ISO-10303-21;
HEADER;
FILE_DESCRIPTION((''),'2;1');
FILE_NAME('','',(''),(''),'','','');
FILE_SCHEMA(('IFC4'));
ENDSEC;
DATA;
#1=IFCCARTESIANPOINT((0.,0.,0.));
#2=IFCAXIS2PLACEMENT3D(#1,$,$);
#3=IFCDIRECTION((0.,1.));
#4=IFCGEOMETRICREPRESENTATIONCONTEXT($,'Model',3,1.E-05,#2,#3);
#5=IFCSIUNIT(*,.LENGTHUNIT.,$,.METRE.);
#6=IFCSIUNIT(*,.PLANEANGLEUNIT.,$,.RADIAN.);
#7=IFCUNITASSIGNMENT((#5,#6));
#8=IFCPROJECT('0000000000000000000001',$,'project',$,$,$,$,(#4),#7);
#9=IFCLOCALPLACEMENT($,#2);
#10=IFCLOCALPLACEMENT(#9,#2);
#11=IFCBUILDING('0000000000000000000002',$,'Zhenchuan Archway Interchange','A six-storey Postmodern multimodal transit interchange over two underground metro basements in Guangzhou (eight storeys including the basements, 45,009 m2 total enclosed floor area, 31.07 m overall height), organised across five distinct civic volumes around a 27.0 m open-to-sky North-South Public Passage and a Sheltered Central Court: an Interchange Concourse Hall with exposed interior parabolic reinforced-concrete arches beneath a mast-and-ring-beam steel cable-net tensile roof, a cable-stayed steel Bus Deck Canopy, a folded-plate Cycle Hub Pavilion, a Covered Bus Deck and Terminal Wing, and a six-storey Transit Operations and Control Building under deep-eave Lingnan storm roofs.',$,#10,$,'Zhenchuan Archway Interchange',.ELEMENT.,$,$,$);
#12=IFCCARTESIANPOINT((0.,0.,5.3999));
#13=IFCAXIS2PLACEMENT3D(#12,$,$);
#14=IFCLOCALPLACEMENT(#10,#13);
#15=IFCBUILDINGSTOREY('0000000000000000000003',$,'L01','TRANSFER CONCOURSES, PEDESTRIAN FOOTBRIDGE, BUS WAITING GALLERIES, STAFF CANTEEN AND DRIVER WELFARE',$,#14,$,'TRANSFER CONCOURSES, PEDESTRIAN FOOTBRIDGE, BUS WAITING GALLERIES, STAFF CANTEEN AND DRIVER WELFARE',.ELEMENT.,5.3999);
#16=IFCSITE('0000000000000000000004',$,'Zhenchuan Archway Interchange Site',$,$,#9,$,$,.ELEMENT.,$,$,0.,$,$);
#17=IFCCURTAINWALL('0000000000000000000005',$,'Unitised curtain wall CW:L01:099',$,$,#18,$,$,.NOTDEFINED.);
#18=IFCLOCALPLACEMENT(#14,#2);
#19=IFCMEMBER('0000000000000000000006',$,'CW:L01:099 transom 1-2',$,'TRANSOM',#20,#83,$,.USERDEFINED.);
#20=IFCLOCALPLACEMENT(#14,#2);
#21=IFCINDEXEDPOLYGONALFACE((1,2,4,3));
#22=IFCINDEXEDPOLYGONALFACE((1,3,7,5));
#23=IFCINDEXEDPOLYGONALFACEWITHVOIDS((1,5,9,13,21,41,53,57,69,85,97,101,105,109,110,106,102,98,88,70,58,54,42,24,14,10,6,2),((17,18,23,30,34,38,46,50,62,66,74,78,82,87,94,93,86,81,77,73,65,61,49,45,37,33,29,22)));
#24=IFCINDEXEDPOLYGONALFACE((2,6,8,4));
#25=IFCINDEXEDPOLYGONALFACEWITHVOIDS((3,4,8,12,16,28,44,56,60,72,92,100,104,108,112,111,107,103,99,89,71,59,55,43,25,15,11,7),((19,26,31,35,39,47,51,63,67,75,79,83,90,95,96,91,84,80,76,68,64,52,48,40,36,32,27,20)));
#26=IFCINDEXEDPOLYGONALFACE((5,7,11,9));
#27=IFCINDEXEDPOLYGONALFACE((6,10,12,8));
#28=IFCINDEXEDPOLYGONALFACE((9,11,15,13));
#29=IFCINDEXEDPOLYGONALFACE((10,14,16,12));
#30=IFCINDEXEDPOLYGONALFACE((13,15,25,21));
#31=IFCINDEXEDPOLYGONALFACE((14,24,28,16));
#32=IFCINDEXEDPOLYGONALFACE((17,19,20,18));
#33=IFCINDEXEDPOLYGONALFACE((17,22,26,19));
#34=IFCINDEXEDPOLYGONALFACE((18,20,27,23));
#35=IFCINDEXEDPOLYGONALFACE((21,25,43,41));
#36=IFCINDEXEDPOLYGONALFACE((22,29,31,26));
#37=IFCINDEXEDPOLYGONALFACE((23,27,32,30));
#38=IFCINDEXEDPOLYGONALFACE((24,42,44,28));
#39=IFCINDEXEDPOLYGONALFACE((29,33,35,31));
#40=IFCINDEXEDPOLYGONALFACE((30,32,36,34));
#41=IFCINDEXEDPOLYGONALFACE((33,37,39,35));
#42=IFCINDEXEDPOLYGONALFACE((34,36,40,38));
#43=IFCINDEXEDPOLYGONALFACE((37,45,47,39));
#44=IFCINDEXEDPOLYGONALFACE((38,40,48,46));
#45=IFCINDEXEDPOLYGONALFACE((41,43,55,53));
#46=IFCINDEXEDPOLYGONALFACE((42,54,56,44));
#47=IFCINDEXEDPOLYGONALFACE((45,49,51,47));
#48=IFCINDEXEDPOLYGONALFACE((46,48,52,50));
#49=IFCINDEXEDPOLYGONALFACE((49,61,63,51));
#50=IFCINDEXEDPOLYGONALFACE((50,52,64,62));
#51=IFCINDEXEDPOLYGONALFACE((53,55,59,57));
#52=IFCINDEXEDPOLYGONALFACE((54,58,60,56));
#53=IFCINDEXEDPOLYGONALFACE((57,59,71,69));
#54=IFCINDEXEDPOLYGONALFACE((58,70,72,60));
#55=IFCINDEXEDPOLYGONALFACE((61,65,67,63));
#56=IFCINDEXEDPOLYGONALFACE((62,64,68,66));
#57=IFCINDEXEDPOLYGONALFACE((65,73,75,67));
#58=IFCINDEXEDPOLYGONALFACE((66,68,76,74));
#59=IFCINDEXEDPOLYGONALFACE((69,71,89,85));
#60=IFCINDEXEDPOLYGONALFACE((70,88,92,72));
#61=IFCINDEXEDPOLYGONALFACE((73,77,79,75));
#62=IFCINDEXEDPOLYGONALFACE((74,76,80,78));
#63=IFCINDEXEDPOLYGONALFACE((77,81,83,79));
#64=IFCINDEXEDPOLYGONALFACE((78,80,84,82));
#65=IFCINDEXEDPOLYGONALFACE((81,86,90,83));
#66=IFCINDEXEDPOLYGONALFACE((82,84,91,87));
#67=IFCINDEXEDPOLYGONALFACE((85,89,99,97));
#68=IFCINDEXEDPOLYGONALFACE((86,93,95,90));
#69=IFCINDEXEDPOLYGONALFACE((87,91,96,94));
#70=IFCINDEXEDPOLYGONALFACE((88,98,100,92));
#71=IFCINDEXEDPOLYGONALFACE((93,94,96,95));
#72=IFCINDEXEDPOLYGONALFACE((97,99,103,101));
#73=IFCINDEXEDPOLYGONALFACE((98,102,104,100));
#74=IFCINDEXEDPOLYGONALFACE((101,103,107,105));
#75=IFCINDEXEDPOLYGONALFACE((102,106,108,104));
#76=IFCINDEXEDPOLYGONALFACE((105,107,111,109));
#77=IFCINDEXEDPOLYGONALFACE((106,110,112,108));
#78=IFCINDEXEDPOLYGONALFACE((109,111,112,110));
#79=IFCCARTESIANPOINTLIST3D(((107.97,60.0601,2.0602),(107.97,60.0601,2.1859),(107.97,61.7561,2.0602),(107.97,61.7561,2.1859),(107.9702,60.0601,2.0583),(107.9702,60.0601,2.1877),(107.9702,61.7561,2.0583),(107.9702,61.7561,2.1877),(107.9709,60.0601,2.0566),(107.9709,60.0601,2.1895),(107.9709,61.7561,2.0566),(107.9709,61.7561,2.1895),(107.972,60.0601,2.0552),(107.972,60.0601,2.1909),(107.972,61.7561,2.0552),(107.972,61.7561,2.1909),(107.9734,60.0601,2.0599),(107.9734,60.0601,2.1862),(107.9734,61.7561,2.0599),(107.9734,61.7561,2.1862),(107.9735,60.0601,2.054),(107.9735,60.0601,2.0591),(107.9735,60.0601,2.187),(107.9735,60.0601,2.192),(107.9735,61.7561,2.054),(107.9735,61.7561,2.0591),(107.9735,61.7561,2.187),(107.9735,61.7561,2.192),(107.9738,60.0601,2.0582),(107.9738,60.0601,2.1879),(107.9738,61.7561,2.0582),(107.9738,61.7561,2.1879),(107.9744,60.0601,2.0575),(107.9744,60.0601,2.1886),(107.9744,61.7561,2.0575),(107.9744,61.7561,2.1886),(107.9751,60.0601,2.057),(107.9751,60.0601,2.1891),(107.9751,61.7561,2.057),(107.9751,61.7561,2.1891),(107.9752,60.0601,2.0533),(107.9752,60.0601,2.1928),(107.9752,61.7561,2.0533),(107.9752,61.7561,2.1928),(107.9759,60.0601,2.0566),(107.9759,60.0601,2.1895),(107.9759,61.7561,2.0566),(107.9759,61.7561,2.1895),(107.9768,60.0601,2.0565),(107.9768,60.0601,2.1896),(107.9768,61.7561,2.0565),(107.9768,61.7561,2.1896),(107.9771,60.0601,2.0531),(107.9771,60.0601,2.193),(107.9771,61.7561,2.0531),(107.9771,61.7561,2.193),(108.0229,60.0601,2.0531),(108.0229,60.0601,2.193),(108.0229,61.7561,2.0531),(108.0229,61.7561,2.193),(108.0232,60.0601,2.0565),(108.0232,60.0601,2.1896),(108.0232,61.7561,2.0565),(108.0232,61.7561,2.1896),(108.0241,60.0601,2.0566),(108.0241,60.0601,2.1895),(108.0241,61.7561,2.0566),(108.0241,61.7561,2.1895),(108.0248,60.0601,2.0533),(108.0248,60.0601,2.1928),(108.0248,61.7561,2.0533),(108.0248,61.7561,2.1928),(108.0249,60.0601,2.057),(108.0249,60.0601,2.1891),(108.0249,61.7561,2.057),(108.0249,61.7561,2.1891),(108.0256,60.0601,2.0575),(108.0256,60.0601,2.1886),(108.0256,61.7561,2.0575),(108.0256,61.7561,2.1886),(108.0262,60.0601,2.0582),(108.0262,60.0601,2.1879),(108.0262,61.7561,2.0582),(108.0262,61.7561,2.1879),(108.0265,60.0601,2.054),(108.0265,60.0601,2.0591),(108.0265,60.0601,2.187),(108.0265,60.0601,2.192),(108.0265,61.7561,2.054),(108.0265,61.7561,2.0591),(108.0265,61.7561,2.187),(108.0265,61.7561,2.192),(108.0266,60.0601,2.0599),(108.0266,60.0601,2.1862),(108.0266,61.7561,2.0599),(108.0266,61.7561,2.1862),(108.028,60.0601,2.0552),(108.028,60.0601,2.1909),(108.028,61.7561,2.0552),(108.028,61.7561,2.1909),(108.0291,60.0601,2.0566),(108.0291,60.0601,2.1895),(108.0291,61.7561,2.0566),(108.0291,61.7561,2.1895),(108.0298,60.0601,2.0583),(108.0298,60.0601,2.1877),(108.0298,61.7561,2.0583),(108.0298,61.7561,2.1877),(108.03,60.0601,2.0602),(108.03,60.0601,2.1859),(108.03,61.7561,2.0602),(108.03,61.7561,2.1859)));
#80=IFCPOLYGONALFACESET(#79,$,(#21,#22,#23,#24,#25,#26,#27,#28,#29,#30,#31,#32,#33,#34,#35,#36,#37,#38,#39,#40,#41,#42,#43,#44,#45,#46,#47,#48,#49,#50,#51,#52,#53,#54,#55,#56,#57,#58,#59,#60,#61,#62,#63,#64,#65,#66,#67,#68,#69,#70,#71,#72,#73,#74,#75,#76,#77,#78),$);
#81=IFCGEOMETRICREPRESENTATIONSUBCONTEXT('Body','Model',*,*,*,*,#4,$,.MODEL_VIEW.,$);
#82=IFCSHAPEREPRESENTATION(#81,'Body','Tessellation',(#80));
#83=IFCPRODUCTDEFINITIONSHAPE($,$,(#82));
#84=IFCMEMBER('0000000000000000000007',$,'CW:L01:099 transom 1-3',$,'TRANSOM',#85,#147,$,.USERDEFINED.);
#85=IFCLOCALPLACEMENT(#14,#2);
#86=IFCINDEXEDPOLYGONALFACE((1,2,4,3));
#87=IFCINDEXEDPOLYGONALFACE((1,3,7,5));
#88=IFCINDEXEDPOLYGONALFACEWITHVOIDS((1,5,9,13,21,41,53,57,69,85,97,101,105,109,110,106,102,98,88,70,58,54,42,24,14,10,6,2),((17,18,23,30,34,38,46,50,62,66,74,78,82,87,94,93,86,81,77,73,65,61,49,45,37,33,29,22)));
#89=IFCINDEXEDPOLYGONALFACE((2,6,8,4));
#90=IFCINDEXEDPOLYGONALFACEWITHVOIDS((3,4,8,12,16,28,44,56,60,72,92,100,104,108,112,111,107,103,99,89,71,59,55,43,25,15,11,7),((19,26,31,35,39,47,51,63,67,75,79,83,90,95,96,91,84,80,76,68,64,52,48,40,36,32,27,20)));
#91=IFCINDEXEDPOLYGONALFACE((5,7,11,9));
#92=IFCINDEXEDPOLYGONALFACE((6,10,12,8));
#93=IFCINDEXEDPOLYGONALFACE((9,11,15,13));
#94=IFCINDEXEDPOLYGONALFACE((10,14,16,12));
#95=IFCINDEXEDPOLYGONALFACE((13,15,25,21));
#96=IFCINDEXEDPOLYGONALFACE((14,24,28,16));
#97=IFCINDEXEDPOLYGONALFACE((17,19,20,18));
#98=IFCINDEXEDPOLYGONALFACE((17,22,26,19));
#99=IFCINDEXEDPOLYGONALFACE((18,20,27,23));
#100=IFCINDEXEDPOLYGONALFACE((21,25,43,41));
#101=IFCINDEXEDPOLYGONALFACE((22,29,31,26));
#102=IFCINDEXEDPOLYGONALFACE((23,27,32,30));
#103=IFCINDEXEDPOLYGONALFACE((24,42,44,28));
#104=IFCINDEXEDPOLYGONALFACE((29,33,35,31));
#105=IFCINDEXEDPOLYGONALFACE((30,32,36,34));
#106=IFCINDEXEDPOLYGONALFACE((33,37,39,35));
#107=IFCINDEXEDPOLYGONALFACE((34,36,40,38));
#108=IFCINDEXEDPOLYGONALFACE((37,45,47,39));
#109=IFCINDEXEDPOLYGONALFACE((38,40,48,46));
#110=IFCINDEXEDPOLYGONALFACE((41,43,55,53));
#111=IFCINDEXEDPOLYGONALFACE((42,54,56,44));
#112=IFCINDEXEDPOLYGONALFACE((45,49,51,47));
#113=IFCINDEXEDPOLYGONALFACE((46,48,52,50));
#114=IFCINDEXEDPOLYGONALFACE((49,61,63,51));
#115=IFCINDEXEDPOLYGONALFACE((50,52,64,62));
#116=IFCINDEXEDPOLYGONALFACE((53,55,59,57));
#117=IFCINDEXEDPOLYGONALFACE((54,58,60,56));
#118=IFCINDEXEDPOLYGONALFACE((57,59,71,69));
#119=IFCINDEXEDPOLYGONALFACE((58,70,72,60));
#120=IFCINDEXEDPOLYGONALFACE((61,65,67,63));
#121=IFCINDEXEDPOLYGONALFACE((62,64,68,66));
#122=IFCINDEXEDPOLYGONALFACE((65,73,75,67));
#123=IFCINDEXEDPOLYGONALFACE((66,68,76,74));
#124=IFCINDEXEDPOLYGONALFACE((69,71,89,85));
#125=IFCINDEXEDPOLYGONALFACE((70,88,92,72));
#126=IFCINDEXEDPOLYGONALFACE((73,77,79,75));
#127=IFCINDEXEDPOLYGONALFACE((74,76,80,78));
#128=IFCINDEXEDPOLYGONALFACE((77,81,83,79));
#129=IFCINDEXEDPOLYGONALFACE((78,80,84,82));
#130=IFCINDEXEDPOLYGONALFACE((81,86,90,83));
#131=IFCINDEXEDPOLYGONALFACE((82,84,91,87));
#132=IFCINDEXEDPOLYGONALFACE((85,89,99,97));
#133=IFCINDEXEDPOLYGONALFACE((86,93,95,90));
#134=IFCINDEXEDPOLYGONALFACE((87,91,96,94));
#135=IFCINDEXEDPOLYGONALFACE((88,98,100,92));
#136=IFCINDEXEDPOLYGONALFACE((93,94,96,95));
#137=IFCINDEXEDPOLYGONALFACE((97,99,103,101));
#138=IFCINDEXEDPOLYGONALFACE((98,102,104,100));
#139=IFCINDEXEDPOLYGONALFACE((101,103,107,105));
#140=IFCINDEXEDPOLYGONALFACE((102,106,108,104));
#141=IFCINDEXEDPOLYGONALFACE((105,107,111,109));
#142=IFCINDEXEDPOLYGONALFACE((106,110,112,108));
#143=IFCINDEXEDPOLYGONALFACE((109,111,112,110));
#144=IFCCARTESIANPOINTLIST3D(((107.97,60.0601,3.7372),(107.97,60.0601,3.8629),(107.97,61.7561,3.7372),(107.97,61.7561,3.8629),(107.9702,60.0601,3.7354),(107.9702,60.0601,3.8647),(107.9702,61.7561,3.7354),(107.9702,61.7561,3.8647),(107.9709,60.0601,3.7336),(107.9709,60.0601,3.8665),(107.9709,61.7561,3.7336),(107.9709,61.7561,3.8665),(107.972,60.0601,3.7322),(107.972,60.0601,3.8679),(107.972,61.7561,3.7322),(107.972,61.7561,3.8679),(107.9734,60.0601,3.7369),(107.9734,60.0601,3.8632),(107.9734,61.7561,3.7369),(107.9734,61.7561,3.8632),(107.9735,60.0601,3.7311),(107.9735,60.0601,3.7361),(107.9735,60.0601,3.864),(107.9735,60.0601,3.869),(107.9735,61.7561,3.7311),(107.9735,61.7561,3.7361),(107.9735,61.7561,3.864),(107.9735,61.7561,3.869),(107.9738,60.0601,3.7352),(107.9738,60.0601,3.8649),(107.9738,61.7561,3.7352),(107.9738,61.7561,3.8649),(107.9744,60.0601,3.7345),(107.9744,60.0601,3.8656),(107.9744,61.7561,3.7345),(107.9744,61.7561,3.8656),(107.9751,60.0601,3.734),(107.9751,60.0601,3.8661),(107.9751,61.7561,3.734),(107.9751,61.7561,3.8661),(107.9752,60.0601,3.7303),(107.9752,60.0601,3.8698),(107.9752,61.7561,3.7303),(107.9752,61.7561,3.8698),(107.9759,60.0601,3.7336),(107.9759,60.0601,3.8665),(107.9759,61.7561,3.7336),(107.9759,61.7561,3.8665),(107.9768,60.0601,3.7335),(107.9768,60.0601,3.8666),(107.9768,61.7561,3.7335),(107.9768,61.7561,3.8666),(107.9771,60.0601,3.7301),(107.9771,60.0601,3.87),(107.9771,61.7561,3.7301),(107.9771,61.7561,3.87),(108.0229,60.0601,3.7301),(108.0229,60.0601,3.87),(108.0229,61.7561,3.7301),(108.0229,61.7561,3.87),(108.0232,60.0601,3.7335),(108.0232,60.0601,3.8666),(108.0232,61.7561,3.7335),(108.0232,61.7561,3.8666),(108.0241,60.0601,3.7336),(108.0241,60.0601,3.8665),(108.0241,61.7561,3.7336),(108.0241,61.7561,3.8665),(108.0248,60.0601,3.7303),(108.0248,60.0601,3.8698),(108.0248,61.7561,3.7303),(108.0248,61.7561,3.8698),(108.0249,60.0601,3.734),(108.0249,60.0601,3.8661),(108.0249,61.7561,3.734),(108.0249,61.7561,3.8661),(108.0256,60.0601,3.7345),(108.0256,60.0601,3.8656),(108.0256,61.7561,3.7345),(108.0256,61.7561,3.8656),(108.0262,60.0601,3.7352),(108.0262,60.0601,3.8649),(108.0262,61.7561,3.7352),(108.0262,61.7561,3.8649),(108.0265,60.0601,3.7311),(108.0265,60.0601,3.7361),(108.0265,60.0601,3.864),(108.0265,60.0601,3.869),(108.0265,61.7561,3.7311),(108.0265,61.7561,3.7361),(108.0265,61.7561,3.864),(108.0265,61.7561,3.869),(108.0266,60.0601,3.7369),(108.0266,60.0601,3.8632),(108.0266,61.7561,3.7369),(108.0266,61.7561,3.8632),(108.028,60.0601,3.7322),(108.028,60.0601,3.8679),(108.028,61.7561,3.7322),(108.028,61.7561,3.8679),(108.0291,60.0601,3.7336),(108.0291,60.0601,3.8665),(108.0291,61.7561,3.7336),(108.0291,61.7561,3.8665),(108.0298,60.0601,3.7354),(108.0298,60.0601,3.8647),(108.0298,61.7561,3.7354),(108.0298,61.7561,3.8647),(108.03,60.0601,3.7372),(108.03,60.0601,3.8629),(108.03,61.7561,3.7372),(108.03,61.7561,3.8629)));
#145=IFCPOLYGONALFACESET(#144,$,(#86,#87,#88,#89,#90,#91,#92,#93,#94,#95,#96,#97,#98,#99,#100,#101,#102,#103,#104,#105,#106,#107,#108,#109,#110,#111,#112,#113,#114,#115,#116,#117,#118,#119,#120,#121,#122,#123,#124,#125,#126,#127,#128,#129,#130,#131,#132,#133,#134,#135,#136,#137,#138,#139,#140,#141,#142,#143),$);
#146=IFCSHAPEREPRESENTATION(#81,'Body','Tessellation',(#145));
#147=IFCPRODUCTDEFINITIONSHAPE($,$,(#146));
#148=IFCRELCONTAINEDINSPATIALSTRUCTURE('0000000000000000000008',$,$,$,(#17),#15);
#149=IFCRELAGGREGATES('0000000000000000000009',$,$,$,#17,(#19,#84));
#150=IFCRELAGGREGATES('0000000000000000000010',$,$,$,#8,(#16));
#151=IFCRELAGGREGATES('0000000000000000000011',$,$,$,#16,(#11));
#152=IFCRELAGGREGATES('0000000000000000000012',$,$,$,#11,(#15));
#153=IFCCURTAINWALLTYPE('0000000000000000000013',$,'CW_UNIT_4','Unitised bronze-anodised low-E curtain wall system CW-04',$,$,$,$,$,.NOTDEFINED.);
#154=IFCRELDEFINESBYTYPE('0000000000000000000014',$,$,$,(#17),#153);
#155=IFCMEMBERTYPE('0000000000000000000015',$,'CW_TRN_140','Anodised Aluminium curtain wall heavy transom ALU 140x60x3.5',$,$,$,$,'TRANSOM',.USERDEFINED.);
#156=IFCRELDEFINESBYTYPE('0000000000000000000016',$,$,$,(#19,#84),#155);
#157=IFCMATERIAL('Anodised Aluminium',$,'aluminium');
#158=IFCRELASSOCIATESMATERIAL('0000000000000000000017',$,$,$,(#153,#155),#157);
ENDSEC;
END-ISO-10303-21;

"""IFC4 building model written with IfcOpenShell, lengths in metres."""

from ifc_helpers import new_model, si_unit, direction, frame, origin, origin_2d, place, context, subcontext, project, spatial, hollow_rectangle, extrude, material, material_profile, profile_set, type_object, element, aggregate, save


model = new_model("IFC4")

# Units and contexts
model_context = context("Model", 3, precision=1e-05, world=origin(), true_north=direction((0.0, 1.0)))
body_context = subcontext(model_context, "Body", "Model", "MODEL_VIEW")
ifc_project = project(units=[si_unit("LENGTHUNIT", "METRE"), si_unit("PLANEANGLEUNIT", "RADIAN")], contexts=[model_context])

# Site, building, storey
site_placement = place(None, origin())
site = spatial("IfcSite", under=ifc_project, at=site_placement, Name="Zhenchuan Archway Interchange Site", CompositionType="ELEMENT", RefElevation=0.0)
building_placement = place(site_placement, origin())
building = spatial("IfcBuilding", under=site, at=building_placement, Name="Zhenchuan Archway Interchange", Description="A six-storey Postmodern multimodal transit interchange over two underground metro basements in Guangzhou (eight storeys including the basements, 45,009 m2 total enclosed floor area, 31.07 m overall height), organised across five distinct civic volumes around a 27.0 m open-to-sky North-South Public Passage and a Sheltered Central Court: an Interchange Concourse Hall with exposed interior parabolic reinforced-concrete arches beneath a mast-and-ring-beam steel cable-net tensile roof, a cable-stayed steel Bus Deck Canopy, a folded-plate Cycle Hub Pavilion, a Covered Bus Deck and Terminal Wing, and a six-storey Transit Operations and Control Building under deep-eave Lingnan storm roofs.", LongName="Zhenchuan Archway Interchange", CompositionType="ELEMENT")
storey_placement = place(building_placement, frame((0.0, 0.0, 5.3999)))
storey = spatial("IfcBuildingStorey", under=building, at=storey_placement, Name="L01", Description="TRANSFER CONCOURSES, PEDESTRIAN FOOTBRIDGE, BUS WAITING GALLERIES, STAFF CANTEEN AND DRIVER WELFARE", LongName="TRANSFER CONCOURSES, PEDESTRIAN FOOTBRIDGE, BUS WAITING GALLERIES, STAFF CANTEEN AND DRIVER WELFARE", CompositionType="ELEMENT", Elevation=5.3999)

# Curtain wall, members
ifc_material_1 = material(Name="Anodised Aluminium", Category="aluminium")
curtain_wall_type = type_object("IfcCurtainWallType", Name="CW_UNIT_4", Description="Unitised bronze-anodised low-E curtain wall system CW-04", PredefinedType="NOTDEFINED", material=ifc_material_1)
curtain_wall_placement = place(storey_placement, origin())
curtain_wall = element("IfcCurtainWall", 1, at=curtain_wall_placement, inside=storey, type_object=curtain_wall_type, Name="Unitised curtain wall CW:L01:099", PredefinedType="NOTDEFINED")
ifc_material_profile_1 = material_profile(ifc_material_1, hollow_rectangle(XDim=0.0601, YDim=0.1399, WallThickness=0.0034, InnerFilletRadius=0.0034, OuterFilletRadius=0.0071, at=origin_2d()), Name="ALU 140x60x3.5")
ifc_profile_set_1 = profile_set([ifc_material_profile_1], Name="Anodised Aluminium")
member_type_1 = type_object("IfcMemberType", Name="CW_TRN_140", Description="Anodised Aluminium curtain wall heavy transom ALU 140x60x3.5", ElementType="TRANSOM", PredefinedType="USERDEFINED", material=ifc_profile_set_1)
member_1_placement = place(storey_placement, frame((108.0, 61.7561, 2.123), z_axis=(0.0, -1.0, 0.0), x_axis=(1.0, 0.0, 0.0)))
member_1 = element("IfcMember", 2, at=member_1_placement, type_object=member_type_1, Name="CW:L01:099 transom 1-2", ObjectType="TRANSOM", PredefinedType="USERDEFINED", context=body_context, shape_type="SweptSolid", body=[
    extrude(hollow_rectangle(XDim=0.0601, YDim=0.1399, WallThickness=0.0034, InnerFilletRadius=0.0034, OuterFilletRadius=0.0071, at=origin_2d()), origin(), (0.0, 0.0, 1.0), 1.696),
])
member_2_placement = place(storey_placement, frame((108.0, 61.7561, 3.8), z_axis=(0.0, -1.0, 0.0), x_axis=(1.0, 0.0, 0.0)))
member_2 = element("IfcMember", 3, at=member_2_placement, type_object=member_type_1, Name="CW:L01:099 transom 1-3", ObjectType="TRANSOM", PredefinedType="USERDEFINED", context=body_context, shape_type="SweptSolid", body=[
    extrude(hollow_rectangle(XDim=0.0601, YDim=0.1399, WallThickness=0.0034, InnerFilletRadius=0.0034, OuterFilletRadius=0.0071, at=origin_2d()), origin(), (0.0, 0.0, 1.0), 1.696),
])
aggregate(curtain_wall, [member_1, member_2])

save(model, "model.ifc")
